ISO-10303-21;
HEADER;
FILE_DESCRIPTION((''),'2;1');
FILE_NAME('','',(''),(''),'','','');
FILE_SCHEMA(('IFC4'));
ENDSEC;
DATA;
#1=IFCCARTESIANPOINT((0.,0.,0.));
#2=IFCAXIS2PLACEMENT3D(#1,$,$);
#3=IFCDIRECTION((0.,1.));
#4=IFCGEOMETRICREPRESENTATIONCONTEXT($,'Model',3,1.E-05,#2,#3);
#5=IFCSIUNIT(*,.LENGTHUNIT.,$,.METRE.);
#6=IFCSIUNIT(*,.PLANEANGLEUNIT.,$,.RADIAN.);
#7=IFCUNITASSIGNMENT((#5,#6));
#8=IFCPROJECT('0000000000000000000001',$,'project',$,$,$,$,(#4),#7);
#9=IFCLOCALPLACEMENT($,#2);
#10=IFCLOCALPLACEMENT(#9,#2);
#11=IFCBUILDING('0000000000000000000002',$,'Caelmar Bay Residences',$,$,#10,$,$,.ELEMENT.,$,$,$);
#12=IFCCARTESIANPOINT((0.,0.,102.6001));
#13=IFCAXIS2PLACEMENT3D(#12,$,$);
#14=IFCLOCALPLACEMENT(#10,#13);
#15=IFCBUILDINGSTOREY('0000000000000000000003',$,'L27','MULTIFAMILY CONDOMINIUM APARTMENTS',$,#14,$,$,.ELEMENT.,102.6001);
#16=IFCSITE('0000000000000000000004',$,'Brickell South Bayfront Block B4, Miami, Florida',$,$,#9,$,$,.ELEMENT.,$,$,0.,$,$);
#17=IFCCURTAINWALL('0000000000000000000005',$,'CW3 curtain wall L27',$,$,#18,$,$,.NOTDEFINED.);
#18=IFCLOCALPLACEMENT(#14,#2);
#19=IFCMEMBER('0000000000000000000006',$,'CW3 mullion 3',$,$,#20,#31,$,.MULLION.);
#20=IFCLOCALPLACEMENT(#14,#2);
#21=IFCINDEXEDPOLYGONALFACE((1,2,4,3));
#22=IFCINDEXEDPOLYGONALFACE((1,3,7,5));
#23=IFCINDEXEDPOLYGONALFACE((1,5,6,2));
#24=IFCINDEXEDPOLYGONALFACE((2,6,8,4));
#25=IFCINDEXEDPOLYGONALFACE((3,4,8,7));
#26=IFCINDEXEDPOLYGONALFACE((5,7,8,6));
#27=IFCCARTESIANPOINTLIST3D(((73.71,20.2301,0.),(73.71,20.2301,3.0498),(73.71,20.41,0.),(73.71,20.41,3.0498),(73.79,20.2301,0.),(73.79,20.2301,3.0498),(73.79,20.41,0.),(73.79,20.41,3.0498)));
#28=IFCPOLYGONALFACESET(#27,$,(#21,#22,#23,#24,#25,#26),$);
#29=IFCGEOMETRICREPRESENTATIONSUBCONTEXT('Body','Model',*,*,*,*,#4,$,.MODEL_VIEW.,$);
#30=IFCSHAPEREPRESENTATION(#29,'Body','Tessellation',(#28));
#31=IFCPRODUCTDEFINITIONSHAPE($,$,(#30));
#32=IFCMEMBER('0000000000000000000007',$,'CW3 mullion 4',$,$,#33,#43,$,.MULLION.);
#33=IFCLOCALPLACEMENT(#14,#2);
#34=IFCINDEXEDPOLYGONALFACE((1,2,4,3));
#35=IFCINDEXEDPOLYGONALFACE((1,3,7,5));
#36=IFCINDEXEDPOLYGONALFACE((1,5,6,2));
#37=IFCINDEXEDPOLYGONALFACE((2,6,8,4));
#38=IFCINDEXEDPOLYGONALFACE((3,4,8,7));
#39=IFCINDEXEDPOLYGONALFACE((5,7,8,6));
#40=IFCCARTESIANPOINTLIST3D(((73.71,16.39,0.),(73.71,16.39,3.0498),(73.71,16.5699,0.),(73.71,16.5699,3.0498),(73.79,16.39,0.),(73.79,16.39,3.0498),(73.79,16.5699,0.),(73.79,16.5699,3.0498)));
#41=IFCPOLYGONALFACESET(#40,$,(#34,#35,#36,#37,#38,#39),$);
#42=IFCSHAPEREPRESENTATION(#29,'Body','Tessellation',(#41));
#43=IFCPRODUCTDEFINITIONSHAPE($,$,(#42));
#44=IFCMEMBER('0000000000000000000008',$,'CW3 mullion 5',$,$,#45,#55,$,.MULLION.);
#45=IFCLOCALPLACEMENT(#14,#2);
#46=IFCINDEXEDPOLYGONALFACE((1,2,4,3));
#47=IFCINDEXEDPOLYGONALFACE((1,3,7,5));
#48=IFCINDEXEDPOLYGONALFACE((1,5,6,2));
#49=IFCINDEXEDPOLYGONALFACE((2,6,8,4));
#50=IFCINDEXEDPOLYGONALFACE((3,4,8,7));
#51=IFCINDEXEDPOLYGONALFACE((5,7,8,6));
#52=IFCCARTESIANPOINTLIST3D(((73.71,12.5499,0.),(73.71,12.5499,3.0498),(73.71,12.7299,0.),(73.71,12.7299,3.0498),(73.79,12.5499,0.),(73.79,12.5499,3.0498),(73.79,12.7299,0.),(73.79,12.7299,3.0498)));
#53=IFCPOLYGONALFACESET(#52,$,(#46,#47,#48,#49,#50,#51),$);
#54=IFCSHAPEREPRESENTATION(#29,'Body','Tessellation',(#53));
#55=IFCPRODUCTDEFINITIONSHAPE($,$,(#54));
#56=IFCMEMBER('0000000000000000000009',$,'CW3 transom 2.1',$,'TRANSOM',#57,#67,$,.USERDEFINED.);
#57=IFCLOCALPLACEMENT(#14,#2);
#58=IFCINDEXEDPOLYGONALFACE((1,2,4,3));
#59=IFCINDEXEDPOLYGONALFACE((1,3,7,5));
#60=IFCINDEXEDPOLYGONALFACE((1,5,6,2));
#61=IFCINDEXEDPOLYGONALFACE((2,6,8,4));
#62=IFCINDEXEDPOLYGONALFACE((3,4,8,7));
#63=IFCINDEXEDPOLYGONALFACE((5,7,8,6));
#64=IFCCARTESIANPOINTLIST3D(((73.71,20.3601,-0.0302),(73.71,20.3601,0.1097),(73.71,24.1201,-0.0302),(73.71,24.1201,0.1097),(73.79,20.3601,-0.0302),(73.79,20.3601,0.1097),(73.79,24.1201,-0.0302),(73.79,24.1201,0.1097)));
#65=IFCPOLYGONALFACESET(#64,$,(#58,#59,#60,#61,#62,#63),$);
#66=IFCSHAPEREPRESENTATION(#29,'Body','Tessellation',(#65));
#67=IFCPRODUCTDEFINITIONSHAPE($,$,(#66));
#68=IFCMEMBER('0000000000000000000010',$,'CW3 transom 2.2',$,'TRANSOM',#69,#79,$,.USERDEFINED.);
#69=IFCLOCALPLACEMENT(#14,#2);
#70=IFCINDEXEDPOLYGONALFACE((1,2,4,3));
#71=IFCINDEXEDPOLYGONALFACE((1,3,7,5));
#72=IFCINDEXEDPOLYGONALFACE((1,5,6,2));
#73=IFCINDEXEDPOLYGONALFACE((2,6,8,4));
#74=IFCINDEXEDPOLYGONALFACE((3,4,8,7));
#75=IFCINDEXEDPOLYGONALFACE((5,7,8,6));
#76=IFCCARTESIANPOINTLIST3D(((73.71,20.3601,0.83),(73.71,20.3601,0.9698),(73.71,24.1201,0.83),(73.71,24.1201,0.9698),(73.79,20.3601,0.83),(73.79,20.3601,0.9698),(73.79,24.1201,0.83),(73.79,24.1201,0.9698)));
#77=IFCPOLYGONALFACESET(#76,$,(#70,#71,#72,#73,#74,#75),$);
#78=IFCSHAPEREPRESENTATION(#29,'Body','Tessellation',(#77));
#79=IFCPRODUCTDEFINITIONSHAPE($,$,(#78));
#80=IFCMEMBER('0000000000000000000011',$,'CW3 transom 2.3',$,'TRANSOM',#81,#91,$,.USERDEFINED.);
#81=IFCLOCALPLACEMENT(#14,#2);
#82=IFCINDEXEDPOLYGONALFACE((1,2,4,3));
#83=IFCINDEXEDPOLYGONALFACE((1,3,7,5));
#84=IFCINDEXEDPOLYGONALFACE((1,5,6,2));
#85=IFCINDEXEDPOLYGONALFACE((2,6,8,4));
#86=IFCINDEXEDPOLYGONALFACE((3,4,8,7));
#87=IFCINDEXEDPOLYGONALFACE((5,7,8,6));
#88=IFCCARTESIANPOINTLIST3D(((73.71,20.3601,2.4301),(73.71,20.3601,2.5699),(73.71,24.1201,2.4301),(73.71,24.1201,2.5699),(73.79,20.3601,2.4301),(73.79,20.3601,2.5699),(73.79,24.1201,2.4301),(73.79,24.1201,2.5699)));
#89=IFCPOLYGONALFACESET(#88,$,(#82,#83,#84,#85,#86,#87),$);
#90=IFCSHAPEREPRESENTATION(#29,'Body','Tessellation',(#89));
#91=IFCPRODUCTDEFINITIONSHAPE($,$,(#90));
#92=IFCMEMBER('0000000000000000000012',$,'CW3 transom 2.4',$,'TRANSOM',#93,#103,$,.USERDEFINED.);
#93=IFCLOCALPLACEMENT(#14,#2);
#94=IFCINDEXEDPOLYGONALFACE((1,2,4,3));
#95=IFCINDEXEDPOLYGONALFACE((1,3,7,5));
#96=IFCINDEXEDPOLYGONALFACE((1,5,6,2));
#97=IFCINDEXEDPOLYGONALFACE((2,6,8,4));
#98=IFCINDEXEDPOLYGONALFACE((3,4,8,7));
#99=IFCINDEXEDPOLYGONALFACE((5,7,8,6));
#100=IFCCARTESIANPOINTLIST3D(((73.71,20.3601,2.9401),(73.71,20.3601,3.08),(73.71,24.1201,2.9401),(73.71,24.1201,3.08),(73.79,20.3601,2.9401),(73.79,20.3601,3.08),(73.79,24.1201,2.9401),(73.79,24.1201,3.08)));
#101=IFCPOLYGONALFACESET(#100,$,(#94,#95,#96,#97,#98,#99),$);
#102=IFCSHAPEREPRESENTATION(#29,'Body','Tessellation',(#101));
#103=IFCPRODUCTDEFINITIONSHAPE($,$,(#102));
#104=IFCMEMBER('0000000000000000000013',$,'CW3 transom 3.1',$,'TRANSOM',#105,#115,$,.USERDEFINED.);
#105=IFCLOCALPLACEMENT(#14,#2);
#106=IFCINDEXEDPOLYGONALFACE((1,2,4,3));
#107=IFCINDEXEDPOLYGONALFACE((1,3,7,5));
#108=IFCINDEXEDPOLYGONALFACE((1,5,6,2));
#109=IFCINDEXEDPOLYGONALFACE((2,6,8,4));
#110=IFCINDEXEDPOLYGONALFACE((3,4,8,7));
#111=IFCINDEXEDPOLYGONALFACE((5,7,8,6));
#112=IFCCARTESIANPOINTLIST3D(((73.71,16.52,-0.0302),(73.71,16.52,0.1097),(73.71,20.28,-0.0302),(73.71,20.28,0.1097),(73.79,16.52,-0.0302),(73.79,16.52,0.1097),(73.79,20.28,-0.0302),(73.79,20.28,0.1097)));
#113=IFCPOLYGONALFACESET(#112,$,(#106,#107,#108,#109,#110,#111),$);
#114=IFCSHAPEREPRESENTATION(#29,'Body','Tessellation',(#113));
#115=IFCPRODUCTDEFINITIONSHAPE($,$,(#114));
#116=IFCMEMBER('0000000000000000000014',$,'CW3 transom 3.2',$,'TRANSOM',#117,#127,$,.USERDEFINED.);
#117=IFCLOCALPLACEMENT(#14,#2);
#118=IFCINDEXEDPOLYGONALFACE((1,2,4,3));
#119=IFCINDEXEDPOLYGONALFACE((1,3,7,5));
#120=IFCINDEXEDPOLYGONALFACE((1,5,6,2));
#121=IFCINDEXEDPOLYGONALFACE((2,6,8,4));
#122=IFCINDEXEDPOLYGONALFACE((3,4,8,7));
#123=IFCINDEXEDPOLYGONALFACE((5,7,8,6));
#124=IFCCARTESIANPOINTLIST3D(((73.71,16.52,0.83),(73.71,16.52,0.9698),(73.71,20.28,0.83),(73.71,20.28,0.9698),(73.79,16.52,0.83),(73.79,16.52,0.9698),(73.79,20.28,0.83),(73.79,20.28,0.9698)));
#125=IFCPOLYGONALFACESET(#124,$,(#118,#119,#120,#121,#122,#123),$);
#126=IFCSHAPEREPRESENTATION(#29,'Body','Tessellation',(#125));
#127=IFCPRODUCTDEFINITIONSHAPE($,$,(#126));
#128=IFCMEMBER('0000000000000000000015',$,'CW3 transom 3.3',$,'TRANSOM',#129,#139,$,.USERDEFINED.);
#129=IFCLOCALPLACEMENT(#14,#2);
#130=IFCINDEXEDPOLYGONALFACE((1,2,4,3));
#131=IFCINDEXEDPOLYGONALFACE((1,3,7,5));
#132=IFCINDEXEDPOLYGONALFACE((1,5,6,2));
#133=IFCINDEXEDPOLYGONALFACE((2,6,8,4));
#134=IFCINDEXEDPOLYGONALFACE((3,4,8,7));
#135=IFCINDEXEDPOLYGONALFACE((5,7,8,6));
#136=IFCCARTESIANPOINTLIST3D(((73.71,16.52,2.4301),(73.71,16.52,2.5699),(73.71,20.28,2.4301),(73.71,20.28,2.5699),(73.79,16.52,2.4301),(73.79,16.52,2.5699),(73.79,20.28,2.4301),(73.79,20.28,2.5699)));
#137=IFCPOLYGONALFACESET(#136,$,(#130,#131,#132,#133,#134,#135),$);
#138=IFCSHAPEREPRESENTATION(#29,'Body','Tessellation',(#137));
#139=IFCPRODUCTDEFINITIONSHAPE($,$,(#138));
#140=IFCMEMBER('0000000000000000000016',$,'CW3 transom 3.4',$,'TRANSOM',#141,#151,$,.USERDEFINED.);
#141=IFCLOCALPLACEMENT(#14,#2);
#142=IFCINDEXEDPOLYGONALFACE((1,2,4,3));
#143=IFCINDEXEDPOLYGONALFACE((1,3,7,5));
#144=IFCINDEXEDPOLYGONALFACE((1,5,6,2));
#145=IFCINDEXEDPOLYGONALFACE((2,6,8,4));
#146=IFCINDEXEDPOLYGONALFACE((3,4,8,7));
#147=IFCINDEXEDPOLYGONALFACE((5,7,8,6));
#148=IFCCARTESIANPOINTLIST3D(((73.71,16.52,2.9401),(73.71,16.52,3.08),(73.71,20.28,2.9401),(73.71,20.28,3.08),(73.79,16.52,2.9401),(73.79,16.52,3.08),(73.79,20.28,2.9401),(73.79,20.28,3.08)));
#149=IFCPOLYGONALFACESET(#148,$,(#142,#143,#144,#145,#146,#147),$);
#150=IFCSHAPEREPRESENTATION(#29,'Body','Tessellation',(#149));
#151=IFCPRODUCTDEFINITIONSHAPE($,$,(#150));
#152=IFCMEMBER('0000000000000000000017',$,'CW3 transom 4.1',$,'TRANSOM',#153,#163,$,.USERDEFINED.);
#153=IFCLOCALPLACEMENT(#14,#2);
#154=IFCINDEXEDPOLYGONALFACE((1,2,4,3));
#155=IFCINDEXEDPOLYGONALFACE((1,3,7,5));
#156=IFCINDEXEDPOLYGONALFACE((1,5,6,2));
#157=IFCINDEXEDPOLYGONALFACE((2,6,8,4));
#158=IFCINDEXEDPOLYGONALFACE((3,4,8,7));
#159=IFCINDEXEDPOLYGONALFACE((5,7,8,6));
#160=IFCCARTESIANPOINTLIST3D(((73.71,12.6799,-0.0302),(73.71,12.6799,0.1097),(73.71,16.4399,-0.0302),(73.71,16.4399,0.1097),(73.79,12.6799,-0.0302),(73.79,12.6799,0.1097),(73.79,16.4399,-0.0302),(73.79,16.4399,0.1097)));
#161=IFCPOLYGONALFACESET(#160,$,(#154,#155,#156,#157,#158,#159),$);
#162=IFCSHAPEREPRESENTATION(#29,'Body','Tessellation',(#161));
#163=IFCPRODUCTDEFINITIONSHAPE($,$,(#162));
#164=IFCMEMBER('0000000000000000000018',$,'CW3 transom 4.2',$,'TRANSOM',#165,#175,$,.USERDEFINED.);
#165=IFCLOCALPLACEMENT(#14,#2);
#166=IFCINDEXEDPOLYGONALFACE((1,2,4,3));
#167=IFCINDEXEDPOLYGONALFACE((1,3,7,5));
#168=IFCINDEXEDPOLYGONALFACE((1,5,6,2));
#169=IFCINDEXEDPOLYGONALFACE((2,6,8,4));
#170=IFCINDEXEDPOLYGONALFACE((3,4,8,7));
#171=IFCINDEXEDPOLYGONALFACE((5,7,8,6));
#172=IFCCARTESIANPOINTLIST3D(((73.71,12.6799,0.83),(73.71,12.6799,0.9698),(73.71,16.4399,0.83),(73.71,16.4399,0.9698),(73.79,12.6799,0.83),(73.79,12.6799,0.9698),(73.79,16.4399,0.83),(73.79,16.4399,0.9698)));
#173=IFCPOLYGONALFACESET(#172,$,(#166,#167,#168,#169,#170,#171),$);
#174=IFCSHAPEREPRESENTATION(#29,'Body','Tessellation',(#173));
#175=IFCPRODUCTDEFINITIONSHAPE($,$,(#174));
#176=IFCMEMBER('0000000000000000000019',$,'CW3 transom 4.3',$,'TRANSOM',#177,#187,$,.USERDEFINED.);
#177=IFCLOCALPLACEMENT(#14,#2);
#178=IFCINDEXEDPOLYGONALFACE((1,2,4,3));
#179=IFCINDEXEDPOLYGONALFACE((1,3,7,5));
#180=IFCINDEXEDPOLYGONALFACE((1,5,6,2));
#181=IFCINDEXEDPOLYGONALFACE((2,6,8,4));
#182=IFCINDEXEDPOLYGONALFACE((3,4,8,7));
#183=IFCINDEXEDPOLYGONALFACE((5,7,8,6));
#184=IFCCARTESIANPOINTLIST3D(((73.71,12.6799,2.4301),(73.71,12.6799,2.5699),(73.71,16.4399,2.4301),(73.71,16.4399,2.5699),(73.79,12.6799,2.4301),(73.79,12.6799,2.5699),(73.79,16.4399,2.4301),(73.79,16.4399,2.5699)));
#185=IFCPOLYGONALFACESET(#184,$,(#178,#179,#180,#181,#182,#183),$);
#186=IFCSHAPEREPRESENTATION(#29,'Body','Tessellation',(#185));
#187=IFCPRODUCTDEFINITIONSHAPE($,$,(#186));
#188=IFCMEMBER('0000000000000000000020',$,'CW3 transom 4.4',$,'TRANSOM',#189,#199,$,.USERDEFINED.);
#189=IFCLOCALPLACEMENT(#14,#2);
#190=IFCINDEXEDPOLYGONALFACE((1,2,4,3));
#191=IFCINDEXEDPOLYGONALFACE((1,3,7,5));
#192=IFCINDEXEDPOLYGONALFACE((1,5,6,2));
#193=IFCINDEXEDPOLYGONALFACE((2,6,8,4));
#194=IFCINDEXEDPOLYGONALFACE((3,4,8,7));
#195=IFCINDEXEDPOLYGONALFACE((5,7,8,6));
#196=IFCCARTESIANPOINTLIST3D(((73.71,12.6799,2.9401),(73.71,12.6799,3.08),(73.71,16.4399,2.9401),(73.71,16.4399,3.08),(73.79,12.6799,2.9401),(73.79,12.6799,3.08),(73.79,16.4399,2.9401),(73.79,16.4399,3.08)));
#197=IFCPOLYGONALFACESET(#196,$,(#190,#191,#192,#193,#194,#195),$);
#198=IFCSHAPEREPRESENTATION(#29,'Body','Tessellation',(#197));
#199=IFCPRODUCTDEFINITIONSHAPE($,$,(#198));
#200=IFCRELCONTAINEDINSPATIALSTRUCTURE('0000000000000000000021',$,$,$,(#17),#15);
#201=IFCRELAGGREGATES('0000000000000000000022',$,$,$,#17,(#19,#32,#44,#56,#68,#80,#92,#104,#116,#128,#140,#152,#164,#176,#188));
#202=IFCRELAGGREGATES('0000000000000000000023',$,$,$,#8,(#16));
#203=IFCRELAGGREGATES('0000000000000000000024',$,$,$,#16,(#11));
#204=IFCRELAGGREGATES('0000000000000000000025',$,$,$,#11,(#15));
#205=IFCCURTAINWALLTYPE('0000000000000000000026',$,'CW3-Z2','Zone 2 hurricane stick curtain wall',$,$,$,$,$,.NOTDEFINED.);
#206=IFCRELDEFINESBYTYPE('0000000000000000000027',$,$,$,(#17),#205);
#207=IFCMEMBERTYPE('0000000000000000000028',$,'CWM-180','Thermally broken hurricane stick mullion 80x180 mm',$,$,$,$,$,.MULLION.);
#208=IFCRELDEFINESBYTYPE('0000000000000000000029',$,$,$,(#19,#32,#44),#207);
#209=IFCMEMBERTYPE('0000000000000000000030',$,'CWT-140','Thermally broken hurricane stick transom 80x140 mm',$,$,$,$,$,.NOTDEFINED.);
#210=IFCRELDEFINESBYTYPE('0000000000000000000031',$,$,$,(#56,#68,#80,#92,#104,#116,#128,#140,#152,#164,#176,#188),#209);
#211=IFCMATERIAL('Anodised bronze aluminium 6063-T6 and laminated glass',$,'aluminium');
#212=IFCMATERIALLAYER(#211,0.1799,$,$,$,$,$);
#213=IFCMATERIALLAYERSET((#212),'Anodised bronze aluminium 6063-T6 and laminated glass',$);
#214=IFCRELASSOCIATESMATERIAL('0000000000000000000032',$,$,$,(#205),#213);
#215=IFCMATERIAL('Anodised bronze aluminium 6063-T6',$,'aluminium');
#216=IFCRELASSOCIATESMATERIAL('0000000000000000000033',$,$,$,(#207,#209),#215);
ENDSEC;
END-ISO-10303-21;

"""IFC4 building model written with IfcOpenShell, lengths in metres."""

from ifc_helpers import new_model, si_unit, direction, frame, origin, origin_2d, place, context, subcontext, project, spatial, rectangle, extrude, material, layer, layer_set, material_profile, profile_set, type_object, element, aggregate, save


model = new_model("IFC4")

# Units and contexts
model_context = context("Model", 3, precision=1e-05, world=origin(), true_north=direction((0.0, 1.0)))
body_context = subcontext(model_context, "Body", "Model", "MODEL_VIEW")
ifc_project = project(units=[si_unit("LENGTHUNIT", "METRE"), si_unit("PLANEANGLEUNIT", "RADIAN")], contexts=[model_context])

# Site, building, storey
site_placement = place(None, origin())
site = spatial("IfcSite", under=ifc_project, at=site_placement, Name="Brickell South Bayfront Block B4, Miami, Florida", CompositionType="ELEMENT", RefElevation=0.0)
building_placement = place(site_placement, origin())
building = spatial("IfcBuilding", under=site, at=building_placement, Name="Caelmar Bay Residences", CompositionType="ELEMENT")
storey_placement = place(building_placement, frame((0.0, 0.0, 102.6001)))
storey = spatial("IfcBuildingStorey", under=building, at=storey_placement, Name="L27", Description="MULTIFAMILY CONDOMINIUM APARTMENTS", CompositionType="ELEMENT", Elevation=102.6001)

# Curtain wall, members
ifc_material_1 = material(Name="Anodised bronze aluminium 6063-T6 and laminated glass", Category="aluminium")
ifc_layer_1 = layer(ifc_material_1, 0.1799)
ifc_layer_set_1 = layer_set([ifc_layer_1], Name="Anodised bronze aluminium 6063-T6 and laminated glass")
curtain_wall_type = type_object("IfcCurtainWallType", Name="CW3-Z2", Description="Zone 2 hurricane stick curtain wall", PredefinedType="NOTDEFINED", material=ifc_layer_set_1)
curtain_wall_placement = place(storey_placement, origin())
curtain_wall = element("IfcCurtainWall", 1, at=curtain_wall_placement, inside=storey, type_object=curtain_wall_type, Name="CW3 curtain wall L27", PredefinedType="NOTDEFINED")
ifc_material_2 = material(Name="Anodised bronze aluminium 6063-T6", Category="aluminium")
ifc_material_profile_1 = material_profile(ifc_material_2, rectangle(XDim=0.0801, YDim=0.1799, at=origin_2d()), Name="CWM-80X180")
ifc_profile_set_1 = profile_set([ifc_material_profile_1], Name="Anodised bronze aluminium 6063-T6")
member_type_1 = type_object("IfcMemberType", Name="CWM-180", Description="Thermally broken hurricane stick mullion 80x180 mm", PredefinedType="MULLION", material=ifc_profile_set_1)
member_1_placement = place(storey_placement, frame((73.75, 20.3201, 0.0), z_axis=(0.0, 0.0, 1.0), x_axis=(1.0, 0.0, 0.0)))
member_1 = element("IfcMember", 2, at=member_1_placement, type_object=member_type_1, Name="CW3 mullion 3", PredefinedType="MULLION", context=body_context, shape_type="SweptSolid", body=[
    extrude(rectangle(XDim=0.0801, YDim=0.1799, at=origin_2d()), origin(), (0.0, 0.0, 1.0), 3.0498),
])
member_2_placement = place(storey_placement, frame((73.75, 16.48, 0.0), z_axis=(0.0, 0.0, 1.0), x_axis=(1.0, 0.0, 0.0)))
member_2 = element("IfcMember", 3, at=member_2_placement, type_object=member_type_1, Name="CW3 mullion 4", PredefinedType="MULLION", context=body_context, shape_type="SweptSolid", body=[
    extrude(rectangle(XDim=0.0801, YDim=0.1799, at=origin_2d()), origin(), (0.0, 0.0, 1.0), 3.0498),
])
member_3_placement = place(storey_placement, frame((73.75, 12.6399, 0.0), z_axis=(0.0, 0.0, 1.0), x_axis=(1.0, 0.0, 0.0)))
member_3 = element("IfcMember", 4, at=member_3_placement, type_object=member_type_1, Name="CW3 mullion 5", PredefinedType="MULLION", context=body_context, shape_type="SweptSolid", body=[
    extrude(rectangle(XDim=0.0801, YDim=0.1799, at=origin_2d()), origin(), (0.0, 0.0, 1.0), 3.0498),
])
ifc_material_profile_2 = material_profile(ifc_material_2, rectangle(XDim=0.0801, YDim=0.1399, at=origin_2d()), Name="CWT-80X140")
ifc_profile_set_2 = profile_set([ifc_material_profile_2], Name="Anodised bronze aluminium 6063-T6")
member_type_2 = type_object("IfcMemberType", Name="CWT-140", Description="Thermally broken hurricane stick transom 80x140 mm", PredefinedType="NOTDEFINED", material=ifc_profile_set_2)
member_4_placement = place(storey_placement, frame((73.75, 24.1201, 0.0398), z_axis=(0.0, -1.0, 0.0), x_axis=(1.0, 0.0, 0.0)))
member_4 = element("IfcMember", 5, at=member_4_placement, type_object=member_type_2, Name="CW3 transom 2.1", ObjectType="TRANSOM", PredefinedType="USERDEFINED", context=body_context, shape_type="SweptSolid", body=[
    extrude(rectangle(XDim=0.0801, YDim=0.1399, at=origin_2d()), origin(), (0.0, 0.0, 1.0), 3.76),
])
member_5_placement = place(storey_placement, frame((73.75, 24.1201, 0.8999), z_axis=(0.0, -1.0, 0.0), x_axis=(1.0, 0.0, 0.0)))
member_5 = element("IfcMember", 6, at=member_5_placement, type_object=member_type_2, Name="CW3 transom 2.2", ObjectType="TRANSOM", PredefinedType="USERDEFINED", context=body_context, shape_type="SweptSolid", body=[
    extrude(rectangle(XDim=0.0801, YDim=0.1399, at=origin_2d()), origin(), (0.0, 0.0, 1.0), 3.76),
])
member_6_placement = place(storey_placement, frame((73.75, 24.1201, 2.5), z_axis=(0.0, -1.0, 0.0), x_axis=(1.0, 0.0, 0.0)))
member_6 = element("IfcMember", 7, at=member_6_placement, type_object=member_type_2, Name="CW3 transom 2.3", ObjectType="TRANSOM", PredefinedType="USERDEFINED", context=body_context, shape_type="SweptSolid", body=[
    extrude(rectangle(XDim=0.0801, YDim=0.1399, at=origin_2d()), origin(), (0.0, 0.0, 1.0), 3.76),
])
member_7_placement = place(storey_placement, frame((73.75, 24.1201, 3.01), z_axis=(0.0, -1.0, 0.0), x_axis=(1.0, 0.0, 0.0)))
member_7 = element("IfcMember", 8, at=member_7_placement, type_object=member_type_2, Name="CW3 transom 2.4", ObjectType="TRANSOM", PredefinedType="USERDEFINED", context=body_context, shape_type="SweptSolid", body=[
    extrude(rectangle(XDim=0.0801, YDim=0.1399, at=origin_2d()), origin(), (0.0, 0.0, 1.0), 3.76),
])
member_8_placement = place(storey_placement, frame((73.75, 20.28, 0.0398), z_axis=(0.0, -1.0, 0.0), x_axis=(1.0, 0.0, 0.0)))
member_8 = element("IfcMember", 9, at=member_8_placement, type_object=member_type_2, Name="CW3 transom 3.1", ObjectType="TRANSOM", PredefinedType="USERDEFINED", context=body_context, shape_type="SweptSolid", body=[
    extrude(rectangle(XDim=0.0801, YDim=0.1399, at=origin_2d()), origin(), (0.0, 0.0, 1.0), 3.76),
])
member_9_placement = place(storey_placement, frame((73.75, 20.28, 0.8999), z_axis=(0.0, -1.0, 0.0), x_axis=(1.0, 0.0, 0.0)))
member_9 = element("IfcMember", 10, at=member_9_placement, type_object=member_type_2, Name="CW3 transom 3.2", ObjectType="TRANSOM", PredefinedType="USERDEFINED", context=body_context, shape_type="SweptSolid", body=[
    extrude(rectangle(XDim=0.0801, YDim=0.1399, at=origin_2d()), origin(), (0.0, 0.0, 1.0), 3.76),
])
member_10_placement = place(storey_placement, frame((73.75, 20.28, 2.5), z_axis=(0.0, -1.0, 0.0), x_axis=(1.0, 0.0, 0.0)))
member_10 = element("IfcMember", 11, at=member_10_placement, type_object=member_type_2, Name="CW3 transom 3.3", ObjectType="TRANSOM", PredefinedType="USERDEFINED", context=body_context, shape_type="SweptSolid", body=[
    extrude(rectangle(XDim=0.0801, YDim=0.1399, at=origin_2d()), origin(), (0.0, 0.0, 1.0), 3.76),
])
member_11_placement = place(storey_placement, frame((73.75, 20.28, 3.01), z_axis=(0.0, -1.0, 0.0), x_axis=(1.0, 0.0, 0.0)))
member_11 = element("IfcMember", 12, at=member_11_placement, type_object=member_type_2, Name="CW3 transom 3.4", ObjectType="TRANSOM", PredefinedType="USERDEFINED", context=body_context, shape_type="SweptSolid", body=[
    extrude(rectangle(XDim=0.0801, YDim=0.1399, at=origin_2d()), origin(), (0.0, 0.0, 1.0), 3.76),
])
member_12_placement = place(storey_placement, frame((73.75, 16.4399, 0.0398), z_axis=(0.0, -1.0, 0.0), x_axis=(1.0, 0.0, 0.0)))
member_12 = element("IfcMember", 13, at=member_12_placement, type_object=member_type_2, Name="CW3 transom 4.1", ObjectType="TRANSOM", PredefinedType="USERDEFINED", context=body_context, shape_type="SweptSolid", body=[
    extrude(rectangle(XDim=0.0801, YDim=0.1399, at=origin_2d()), origin(), (0.0, 0.0, 1.0), 3.76),
])
member_13_placement = place(storey_placement, frame((73.75, 16.4399, 0.8999), z_axis=(0.0, -1.0, 0.0), x_axis=(1.0, 0.0, 0.0)))
member_13 = element("IfcMember", 14, at=member_13_placement, type_object=member_type_2, Name="CW3 transom 4.2", ObjectType="TRANSOM", PredefinedType="USERDEFINED", context=body_context, shape_type="SweptSolid", body=[
    extrude(rectangle(XDim=0.0801, YDim=0.1399, at=origin_2d()), origin(), (0.0, 0.0, 1.0), 3.76),
])
member_14_placement = place(storey_placement, frame((73.75, 16.4399, 2.5), z_axis=(0.0, -1.0, 0.0), x_axis=(1.0, 0.0, 0.0)))
member_14 = element("IfcMember", 15, at=member_14_placement, type_object=member_type_2, Name="CW3 transom 4.3", ObjectType="TRANSOM", PredefinedType="USERDEFINED", context=body_context, shape_type="SweptSolid", body=[
    extrude(rectangle(XDim=0.0801, YDim=0.1399, at=origin_2d()), origin(), (0.0, 0.0, 1.0), 3.76),
])
member_15_placement = place(storey_placement, frame((73.75, 16.4399, 3.01), z_axis=(0.0, -1.0, 0.0), x_axis=(1.0, 0.0, 0.0)))
member_15 = element("IfcMember", 16, at=member_15_placement, type_object=member_type_2, Name="CW3 transom 4.4", ObjectType="TRANSOM", PredefinedType="USERDEFINED", context=body_context, shape_type="SweptSolid", body=[
    extrude(rectangle(XDim=0.0801, YDim=0.1399, at=origin_2d()), origin(), (0.0, 0.0, 1.0), 3.76),
])
aggregate(curtain_wall, [member_1, member_2, member_3, member_4, member_5, member_6, member_7, member_8, member_9, member_10, member_11, member_12, member_13, member_14, member_15])

save(model, "model.ifc")
